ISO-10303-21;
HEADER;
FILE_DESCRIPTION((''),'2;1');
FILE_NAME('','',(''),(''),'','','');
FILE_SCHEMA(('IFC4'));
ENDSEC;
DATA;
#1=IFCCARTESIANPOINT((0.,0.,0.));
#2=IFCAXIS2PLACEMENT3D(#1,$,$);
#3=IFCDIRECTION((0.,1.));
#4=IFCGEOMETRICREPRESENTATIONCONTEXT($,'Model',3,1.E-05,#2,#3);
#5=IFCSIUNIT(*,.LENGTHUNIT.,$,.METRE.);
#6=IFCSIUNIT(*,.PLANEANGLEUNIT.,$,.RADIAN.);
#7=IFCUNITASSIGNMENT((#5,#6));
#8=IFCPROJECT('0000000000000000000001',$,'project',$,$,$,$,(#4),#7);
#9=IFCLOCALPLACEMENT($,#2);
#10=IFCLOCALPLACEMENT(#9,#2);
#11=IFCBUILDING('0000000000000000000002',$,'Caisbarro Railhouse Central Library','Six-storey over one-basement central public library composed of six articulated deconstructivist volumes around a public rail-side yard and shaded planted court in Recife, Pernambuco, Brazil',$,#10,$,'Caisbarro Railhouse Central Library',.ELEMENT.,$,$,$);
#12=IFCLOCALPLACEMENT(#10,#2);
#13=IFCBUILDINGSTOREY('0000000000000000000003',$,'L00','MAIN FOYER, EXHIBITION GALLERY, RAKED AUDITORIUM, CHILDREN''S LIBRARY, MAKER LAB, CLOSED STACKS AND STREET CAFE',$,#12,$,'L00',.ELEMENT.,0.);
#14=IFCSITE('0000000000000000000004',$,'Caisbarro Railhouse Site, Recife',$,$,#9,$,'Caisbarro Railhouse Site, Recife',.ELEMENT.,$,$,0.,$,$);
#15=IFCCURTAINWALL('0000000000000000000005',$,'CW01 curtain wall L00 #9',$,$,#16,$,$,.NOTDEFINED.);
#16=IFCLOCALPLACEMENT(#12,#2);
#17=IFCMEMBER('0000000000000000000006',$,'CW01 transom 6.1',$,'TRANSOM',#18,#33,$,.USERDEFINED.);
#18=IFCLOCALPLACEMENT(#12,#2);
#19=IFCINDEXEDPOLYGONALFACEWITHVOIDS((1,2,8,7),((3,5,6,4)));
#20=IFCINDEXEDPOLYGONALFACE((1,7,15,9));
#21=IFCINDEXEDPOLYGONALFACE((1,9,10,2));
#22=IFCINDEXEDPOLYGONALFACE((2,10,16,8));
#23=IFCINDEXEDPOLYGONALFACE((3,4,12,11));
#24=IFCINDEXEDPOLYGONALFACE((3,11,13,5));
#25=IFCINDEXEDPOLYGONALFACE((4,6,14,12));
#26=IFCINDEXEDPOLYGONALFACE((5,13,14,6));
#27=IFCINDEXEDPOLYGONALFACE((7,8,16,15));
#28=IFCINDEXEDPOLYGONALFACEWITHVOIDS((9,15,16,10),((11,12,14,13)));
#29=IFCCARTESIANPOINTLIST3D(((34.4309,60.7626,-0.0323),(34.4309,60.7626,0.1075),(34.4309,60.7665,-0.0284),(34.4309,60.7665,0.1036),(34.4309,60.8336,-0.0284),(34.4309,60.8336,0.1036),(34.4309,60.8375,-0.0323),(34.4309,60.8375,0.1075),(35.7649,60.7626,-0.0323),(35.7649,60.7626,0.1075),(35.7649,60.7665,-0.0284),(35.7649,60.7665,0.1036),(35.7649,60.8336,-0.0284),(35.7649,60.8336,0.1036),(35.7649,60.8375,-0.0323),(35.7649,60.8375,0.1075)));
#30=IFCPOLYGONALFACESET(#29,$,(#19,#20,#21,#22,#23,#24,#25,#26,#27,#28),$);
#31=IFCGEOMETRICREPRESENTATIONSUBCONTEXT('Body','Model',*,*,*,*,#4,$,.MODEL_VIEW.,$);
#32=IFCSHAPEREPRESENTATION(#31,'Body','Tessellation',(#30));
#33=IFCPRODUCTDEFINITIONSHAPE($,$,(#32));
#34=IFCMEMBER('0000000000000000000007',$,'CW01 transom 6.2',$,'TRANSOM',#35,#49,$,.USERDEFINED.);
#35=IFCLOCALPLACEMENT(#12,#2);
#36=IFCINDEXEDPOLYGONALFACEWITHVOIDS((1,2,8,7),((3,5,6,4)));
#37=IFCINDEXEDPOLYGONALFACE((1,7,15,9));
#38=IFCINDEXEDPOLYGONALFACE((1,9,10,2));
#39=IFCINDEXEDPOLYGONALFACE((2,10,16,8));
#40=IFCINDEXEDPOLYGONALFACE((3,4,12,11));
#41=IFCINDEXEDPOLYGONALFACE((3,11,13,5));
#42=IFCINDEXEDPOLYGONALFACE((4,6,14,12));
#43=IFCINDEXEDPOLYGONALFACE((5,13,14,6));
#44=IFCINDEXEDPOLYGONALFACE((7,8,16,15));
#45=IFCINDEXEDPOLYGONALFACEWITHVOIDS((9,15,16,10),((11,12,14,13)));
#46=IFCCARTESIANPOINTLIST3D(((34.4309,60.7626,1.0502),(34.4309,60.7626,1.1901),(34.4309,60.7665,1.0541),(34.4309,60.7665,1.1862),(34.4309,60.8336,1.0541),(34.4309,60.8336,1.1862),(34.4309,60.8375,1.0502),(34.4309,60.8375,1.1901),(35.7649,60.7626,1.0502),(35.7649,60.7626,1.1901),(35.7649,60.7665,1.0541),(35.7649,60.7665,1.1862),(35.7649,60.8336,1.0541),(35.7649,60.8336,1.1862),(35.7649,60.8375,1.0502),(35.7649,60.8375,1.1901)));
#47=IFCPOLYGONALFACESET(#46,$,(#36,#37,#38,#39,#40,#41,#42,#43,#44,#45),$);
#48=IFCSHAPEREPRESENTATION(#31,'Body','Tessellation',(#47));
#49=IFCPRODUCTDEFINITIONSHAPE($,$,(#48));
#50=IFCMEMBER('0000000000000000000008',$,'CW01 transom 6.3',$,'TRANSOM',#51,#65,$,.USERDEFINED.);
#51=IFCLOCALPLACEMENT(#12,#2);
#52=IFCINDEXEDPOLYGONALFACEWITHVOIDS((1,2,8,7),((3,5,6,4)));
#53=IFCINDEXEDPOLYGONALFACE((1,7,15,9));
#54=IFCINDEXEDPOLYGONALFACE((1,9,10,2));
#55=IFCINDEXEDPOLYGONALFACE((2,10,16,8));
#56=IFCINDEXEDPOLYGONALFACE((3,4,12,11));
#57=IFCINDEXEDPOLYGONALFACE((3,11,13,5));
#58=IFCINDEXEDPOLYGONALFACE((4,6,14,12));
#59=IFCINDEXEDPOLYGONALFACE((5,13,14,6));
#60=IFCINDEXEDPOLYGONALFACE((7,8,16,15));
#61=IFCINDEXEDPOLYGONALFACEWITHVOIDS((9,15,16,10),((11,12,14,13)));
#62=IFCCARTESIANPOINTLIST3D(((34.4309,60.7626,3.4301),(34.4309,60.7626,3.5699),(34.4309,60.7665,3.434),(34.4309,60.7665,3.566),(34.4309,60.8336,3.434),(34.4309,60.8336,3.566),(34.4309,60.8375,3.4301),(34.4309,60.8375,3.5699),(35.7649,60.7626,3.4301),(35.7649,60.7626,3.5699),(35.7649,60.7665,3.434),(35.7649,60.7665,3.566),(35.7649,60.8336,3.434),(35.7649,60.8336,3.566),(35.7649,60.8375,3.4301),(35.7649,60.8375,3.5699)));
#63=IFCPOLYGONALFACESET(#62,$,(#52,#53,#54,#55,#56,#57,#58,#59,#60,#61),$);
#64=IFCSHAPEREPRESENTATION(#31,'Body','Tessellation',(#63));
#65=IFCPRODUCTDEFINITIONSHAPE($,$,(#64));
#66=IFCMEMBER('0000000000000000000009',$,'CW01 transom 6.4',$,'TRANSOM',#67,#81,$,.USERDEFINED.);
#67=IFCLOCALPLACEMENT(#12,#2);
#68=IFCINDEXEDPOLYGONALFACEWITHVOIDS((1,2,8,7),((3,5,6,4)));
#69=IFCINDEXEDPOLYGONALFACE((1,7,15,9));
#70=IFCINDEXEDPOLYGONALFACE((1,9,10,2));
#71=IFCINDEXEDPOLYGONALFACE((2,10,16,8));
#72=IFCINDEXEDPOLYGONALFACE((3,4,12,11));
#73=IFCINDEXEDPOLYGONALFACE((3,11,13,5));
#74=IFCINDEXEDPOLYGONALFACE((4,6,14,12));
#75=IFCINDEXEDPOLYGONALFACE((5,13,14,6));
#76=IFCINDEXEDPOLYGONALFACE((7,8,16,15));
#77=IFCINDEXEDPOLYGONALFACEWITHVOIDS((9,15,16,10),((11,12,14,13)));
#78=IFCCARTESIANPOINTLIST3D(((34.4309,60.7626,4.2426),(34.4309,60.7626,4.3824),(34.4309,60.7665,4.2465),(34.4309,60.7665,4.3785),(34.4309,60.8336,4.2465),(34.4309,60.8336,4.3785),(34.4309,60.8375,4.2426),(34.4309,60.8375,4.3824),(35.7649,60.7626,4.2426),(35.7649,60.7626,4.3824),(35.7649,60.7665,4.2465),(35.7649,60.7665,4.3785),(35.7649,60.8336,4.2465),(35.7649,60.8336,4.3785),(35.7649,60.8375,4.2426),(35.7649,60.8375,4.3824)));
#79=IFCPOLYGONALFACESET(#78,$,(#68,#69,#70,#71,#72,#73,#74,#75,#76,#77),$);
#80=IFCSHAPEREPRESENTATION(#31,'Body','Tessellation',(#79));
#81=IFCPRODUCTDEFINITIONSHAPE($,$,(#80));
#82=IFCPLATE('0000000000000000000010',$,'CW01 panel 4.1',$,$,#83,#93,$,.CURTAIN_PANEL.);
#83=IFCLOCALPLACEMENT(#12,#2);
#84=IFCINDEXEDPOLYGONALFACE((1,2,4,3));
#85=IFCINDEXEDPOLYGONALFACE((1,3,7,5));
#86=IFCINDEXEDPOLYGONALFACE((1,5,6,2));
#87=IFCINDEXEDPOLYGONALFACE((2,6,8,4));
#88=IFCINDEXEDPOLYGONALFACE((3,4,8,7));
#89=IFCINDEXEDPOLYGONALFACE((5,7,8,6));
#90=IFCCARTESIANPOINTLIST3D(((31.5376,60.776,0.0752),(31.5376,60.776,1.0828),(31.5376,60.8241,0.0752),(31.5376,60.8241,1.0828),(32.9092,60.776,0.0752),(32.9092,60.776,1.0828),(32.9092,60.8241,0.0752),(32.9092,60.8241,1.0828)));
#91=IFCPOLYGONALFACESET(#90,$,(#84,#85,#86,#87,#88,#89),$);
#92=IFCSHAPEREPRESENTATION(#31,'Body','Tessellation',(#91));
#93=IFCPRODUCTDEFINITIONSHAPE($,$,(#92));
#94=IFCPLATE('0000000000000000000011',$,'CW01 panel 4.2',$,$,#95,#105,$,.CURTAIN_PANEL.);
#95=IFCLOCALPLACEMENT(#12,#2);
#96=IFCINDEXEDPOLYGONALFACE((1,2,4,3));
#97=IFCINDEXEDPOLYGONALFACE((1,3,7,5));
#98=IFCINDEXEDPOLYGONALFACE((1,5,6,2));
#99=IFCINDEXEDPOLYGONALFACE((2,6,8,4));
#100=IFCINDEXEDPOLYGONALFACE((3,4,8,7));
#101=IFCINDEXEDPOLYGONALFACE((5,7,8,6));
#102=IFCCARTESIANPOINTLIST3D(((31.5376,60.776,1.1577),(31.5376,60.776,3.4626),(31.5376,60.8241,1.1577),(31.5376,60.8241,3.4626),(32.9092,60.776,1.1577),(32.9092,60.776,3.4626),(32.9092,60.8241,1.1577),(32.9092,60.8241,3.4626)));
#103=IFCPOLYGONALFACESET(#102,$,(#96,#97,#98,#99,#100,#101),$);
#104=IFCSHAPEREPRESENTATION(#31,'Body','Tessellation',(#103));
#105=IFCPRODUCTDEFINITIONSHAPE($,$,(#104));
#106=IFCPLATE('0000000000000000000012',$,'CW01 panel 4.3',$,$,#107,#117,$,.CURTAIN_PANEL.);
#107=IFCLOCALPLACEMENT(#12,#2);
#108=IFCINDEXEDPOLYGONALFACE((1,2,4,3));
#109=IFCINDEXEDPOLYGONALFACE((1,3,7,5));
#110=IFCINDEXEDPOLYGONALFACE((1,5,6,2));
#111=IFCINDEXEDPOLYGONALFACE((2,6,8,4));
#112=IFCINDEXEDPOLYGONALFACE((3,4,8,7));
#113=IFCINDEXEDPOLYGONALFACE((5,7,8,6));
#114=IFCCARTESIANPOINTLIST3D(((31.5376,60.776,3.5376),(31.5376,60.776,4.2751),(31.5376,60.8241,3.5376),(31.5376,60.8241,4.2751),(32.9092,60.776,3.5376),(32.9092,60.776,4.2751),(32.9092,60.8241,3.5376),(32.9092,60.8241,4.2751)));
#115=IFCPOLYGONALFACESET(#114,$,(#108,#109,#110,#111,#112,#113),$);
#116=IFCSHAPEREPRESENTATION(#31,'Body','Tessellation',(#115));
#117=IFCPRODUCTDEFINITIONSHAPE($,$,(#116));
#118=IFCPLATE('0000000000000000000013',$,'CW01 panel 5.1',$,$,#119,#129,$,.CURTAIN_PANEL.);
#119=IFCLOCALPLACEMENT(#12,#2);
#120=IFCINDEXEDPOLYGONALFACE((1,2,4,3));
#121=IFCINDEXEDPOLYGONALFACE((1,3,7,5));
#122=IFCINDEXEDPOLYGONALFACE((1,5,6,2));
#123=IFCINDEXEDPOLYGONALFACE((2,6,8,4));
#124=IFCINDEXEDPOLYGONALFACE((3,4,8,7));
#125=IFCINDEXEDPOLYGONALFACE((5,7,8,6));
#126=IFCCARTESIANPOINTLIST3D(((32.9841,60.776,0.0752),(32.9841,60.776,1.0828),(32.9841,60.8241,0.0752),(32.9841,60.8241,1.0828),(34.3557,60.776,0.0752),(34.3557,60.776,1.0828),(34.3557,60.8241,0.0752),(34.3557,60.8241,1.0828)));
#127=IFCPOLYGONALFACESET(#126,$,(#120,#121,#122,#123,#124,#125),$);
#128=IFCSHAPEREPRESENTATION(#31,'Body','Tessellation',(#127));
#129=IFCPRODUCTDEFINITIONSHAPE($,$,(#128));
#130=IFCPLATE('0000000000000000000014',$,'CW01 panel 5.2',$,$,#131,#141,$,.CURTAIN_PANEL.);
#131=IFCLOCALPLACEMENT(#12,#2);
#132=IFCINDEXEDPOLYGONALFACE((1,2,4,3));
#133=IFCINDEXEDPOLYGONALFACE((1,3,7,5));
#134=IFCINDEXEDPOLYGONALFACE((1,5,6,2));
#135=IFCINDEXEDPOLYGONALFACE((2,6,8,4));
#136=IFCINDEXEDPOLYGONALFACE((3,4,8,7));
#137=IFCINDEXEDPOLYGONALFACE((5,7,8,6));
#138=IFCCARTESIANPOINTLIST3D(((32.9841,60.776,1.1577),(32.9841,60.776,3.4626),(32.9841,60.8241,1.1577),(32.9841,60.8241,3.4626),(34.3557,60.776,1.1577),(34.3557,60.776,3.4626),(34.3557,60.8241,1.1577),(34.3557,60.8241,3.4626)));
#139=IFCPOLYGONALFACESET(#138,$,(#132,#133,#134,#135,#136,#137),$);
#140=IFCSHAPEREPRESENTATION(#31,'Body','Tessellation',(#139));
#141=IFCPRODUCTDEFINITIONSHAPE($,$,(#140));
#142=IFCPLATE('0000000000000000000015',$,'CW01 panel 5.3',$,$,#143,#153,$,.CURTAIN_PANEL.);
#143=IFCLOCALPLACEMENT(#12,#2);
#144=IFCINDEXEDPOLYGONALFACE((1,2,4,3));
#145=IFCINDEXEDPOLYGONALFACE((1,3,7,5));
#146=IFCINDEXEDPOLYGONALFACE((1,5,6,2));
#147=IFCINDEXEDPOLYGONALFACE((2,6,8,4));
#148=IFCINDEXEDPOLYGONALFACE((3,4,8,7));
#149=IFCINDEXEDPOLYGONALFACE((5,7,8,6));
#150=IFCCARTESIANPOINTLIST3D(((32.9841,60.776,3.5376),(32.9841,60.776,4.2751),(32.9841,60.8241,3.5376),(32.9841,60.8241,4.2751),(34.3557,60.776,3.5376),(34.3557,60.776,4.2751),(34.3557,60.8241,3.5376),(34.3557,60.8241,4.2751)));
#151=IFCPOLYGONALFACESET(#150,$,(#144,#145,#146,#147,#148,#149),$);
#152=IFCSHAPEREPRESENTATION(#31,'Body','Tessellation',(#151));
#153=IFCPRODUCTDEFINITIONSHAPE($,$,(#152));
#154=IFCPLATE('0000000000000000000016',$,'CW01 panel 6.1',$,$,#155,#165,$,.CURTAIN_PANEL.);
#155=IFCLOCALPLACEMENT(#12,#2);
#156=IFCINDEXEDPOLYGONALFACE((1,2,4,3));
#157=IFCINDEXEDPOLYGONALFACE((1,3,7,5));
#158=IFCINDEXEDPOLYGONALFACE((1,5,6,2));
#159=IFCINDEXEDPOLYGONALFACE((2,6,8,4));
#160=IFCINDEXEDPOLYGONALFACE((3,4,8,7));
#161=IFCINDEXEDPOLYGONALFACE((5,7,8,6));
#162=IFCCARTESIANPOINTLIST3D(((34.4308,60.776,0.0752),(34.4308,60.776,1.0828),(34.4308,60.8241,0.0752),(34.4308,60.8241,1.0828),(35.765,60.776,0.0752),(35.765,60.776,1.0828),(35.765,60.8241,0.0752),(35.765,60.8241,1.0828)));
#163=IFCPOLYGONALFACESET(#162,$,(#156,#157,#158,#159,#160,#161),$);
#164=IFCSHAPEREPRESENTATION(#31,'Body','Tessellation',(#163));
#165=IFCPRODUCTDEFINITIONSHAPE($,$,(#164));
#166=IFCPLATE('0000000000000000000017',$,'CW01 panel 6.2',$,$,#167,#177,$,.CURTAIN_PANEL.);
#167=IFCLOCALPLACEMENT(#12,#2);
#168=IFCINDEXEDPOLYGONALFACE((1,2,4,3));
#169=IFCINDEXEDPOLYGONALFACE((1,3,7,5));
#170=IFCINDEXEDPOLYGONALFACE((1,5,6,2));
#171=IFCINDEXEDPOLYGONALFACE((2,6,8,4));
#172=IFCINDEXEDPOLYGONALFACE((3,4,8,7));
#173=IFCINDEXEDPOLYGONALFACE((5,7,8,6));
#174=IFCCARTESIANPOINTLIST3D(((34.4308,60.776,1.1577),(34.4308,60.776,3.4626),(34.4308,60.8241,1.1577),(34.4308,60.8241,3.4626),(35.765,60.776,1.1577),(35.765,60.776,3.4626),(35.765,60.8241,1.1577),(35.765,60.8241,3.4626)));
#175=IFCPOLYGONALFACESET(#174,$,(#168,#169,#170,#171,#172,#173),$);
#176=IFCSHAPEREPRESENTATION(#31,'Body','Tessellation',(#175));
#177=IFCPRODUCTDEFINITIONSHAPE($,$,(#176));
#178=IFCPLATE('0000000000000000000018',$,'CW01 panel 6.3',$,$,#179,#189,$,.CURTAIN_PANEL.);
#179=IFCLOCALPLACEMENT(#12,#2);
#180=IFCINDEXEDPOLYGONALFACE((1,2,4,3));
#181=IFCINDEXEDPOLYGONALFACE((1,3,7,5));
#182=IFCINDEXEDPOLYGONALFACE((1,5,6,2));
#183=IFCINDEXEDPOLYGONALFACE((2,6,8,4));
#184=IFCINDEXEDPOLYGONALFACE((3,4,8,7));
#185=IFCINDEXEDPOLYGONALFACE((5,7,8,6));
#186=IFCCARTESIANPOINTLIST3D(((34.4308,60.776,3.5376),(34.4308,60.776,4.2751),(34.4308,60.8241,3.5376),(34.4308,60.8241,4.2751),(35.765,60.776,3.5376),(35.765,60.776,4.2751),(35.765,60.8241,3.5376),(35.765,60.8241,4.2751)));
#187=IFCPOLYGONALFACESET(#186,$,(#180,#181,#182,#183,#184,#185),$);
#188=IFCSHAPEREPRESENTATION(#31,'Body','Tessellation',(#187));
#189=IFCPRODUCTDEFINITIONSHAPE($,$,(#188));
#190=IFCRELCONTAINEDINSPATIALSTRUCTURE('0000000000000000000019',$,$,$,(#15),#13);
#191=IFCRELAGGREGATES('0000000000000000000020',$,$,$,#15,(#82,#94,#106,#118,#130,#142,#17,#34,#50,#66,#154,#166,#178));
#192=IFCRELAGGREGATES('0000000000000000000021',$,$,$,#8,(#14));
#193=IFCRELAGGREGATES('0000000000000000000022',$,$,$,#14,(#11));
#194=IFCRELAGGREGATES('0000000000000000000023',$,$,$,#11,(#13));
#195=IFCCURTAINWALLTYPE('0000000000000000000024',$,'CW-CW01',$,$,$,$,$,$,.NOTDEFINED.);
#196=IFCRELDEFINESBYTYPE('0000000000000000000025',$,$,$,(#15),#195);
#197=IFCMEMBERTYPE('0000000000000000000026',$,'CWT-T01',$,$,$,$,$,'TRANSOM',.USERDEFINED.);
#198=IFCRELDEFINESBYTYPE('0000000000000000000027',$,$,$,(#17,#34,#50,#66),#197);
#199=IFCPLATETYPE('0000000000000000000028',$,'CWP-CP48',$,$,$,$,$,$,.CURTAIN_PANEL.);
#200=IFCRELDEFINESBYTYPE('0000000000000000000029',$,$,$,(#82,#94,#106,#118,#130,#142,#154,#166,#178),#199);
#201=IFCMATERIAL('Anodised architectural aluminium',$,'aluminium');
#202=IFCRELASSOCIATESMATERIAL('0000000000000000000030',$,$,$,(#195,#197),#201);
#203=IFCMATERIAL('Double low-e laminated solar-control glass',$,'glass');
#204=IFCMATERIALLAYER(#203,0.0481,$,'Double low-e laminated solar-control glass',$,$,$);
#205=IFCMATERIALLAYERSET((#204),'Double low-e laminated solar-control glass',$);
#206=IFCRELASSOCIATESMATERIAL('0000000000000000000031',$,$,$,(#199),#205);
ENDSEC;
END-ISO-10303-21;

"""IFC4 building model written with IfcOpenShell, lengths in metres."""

from ifc_helpers import new_model, si_unit, direction, frame, origin, origin_2d, place, context, subcontext, project, spatial, rectangle, hollow_rectangle, extrude, material, layer, layer_set, material_profile, profile_set, type_object, element, aggregate, save


model = new_model("IFC4")

# Units and contexts
model_context = context("Model", 3, precision=1e-05, world=origin(), true_north=direction((0.0, 1.0)))
body_context = subcontext(model_context, "Body", "Model", "MODEL_VIEW")
ifc_project = project(units=[si_unit("LENGTHUNIT", "METRE"), si_unit("PLANEANGLEUNIT", "RADIAN")], contexts=[model_context])

# Site, building, storey
site_placement = place(None, origin())
site = spatial("IfcSite", under=ifc_project, at=site_placement, Name="Caisbarro Railhouse Site, Recife", LongName="Caisbarro Railhouse Site, Recife", CompositionType="ELEMENT", RefElevation=0.0)
building_placement = place(site_placement, origin())
building = spatial("IfcBuilding", under=site, at=building_placement, Name="Caisbarro Railhouse Central Library", Description="Six-storey over one-basement central public library composed of six articulated deconstructivist volumes around a public rail-side yard and shaded planted court in Recife, Pernambuco, Brazil", LongName="Caisbarro Railhouse Central Library", CompositionType="ELEMENT")
storey_placement = place(building_placement, origin())
storey = spatial("IfcBuildingStorey", under=building, at=storey_placement, Name="L00", Description="MAIN FOYER, EXHIBITION GALLERY, RAKED AUDITORIUM, CHILDREN'S LIBRARY, MAKER LAB, CLOSED STACKS AND STREET CAFE", LongName="L00", CompositionType="ELEMENT", Elevation=0.0)

# Curtain wall, members, plates
ifc_material_1 = material(Name="Anodised architectural aluminium", Category="aluminium")
curtain_wall_type = type_object("IfcCurtainWallType", Name="CW-CW01", PredefinedType="NOTDEFINED", material=ifc_material_1)
curtain_wall_placement = place(storey_placement, origin())
curtain_wall = element("IfcCurtainWall", 1, at=curtain_wall_placement, inside=storey, type_object=curtain_wall_type, Name="CW01 curtain wall L00 #9", PredefinedType="NOTDEFINED")
ifc_material_profile_1 = material_profile(ifc_material_1, hollow_rectangle(XDim=0.075, YDim=0.1399, WallThickness=0.0039, at=origin_2d()), Name="ALU-TRN-75X140")
ifc_profile_set_1 = profile_set([ifc_material_profile_1], Name="Anodised architectural aluminium")
member_type_1 = type_object("IfcMemberType", Name="CWT-T01", ElementType="TRANSOM", PredefinedType="USERDEFINED", material=ifc_profile_set_1)
member_1_placement = place(storey_placement, frame((34.4309, 60.8, 0.0376), z_axis=(1.0, 0.0, 0.0), x_axis=(0.0, 1.0, 0.0)))
member_1 = element("IfcMember", 2, at=member_1_placement, type_object=member_type_1, Name="CW01 transom 6.1", ObjectType="TRANSOM", PredefinedType="USERDEFINED", context=body_context, shape_type="SweptSolid", body=[
    extrude(hollow_rectangle(XDim=0.075, YDim=0.1399, WallThickness=0.0039, at=origin_2d()), origin(), (0.0, 0.0, 1.0), 1.334),
])
member_2_placement = place(storey_placement, frame((34.4309, 60.8, 1.1201), z_axis=(1.0, 0.0, 0.0), x_axis=(0.0, 1.0, 0.0)))
member_2 = element("IfcMember", 3, at=member_2_placement, type_object=member_type_1, Name="CW01 transom 6.2", ObjectType="TRANSOM", PredefinedType="USERDEFINED", context=body_context, shape_type="SweptSolid", body=[
    extrude(hollow_rectangle(XDim=0.075, YDim=0.1399, WallThickness=0.0039, at=origin_2d()), origin(), (0.0, 0.0, 1.0), 1.334),
])
member_3_placement = place(storey_placement, frame((34.4309, 60.8, 3.5), z_axis=(1.0, 0.0, 0.0), x_axis=(0.0, 1.0, 0.0)))
member_3 = element("IfcMember", 4, at=member_3_placement, type_object=member_type_1, Name="CW01 transom 6.3", ObjectType="TRANSOM", PredefinedType="USERDEFINED", context=body_context, shape_type="SweptSolid", body=[
    extrude(hollow_rectangle(XDim=0.075, YDim=0.1399, WallThickness=0.0039, at=origin_2d()), origin(), (0.0, 0.0, 1.0), 1.334),
])
member_4_placement = place(storey_placement, frame((34.4309, 60.8, 4.3125), z_axis=(1.0, 0.0, 0.0), x_axis=(0.0, 1.0, 0.0)))
member_4 = element("IfcMember", 5, at=member_4_placement, type_object=member_type_1, Name="CW01 transom 6.4", ObjectType="TRANSOM", PredefinedType="USERDEFINED", context=body_context, shape_type="SweptSolid", body=[
    extrude(hollow_rectangle(XDim=0.075, YDim=0.1399, WallThickness=0.0039, at=origin_2d()), origin(), (0.0, 0.0, 1.0), 1.334),
])
ifc_material_2 = material(Name="Double low-e laminated solar-control glass", Category="glass")
ifc_layer_1 = layer(ifc_material_2, 0.0481, Name="Double low-e laminated solar-control glass")
ifc_layer_set_1 = layer_set([ifc_layer_1], Name="Double low-e laminated solar-control glass")
plate_type_1 = type_object("IfcPlateType", Name="CWP-CP48", PredefinedType="CURTAIN_PANEL", material=ifc_layer_set_1)
plate_1_placement = place(storey_placement, frame((32.2234, 60.8, 0.0752), z_axis=(0.0, 0.0, 1.0), x_axis=(1.0, 0.0, 0.0)))
plate_1 = element("IfcPlate", 6, at=plate_1_placement, type_object=plate_type_1, Name="CW01 panel 4.1", PredefinedType="CURTAIN_PANEL", context=body_context, shape_type="SweptSolid", body=[
    extrude(rectangle(XDim=1.3716, YDim=0.0481, at=origin_2d()), origin(), (0.0, 0.0, 1.0), 1.0076),
])
plate_2_placement = place(storey_placement, frame((32.2234, 60.8, 1.1577), z_axis=(0.0, 0.0, 1.0), x_axis=(1.0, 0.0, 0.0)))
plate_2 = element("IfcPlate", 7, at=plate_2_placement, type_object=plate_type_1, Name="CW01 panel 4.2", PredefinedType="CURTAIN_PANEL", context=body_context, shape_type="SweptSolid", body=[
    extrude(rectangle(XDim=1.3716, YDim=0.0481, at=origin_2d()), origin(), (0.0, 0.0, 1.0), 2.3049),
])
plate_3_placement = place(storey_placement, frame((32.2234, 60.8, 3.5376), z_axis=(0.0, 0.0, 1.0), x_axis=(1.0, 0.0, 0.0)))
plate_3 = element("IfcPlate", 8, at=plate_3_placement, type_object=plate_type_1, Name="CW01 panel 4.3", PredefinedType="CURTAIN_PANEL", context=body_context, shape_type="SweptSolid", body=[
    extrude(rectangle(XDim=1.3716, YDim=0.0481, at=origin_2d()), origin(), (0.0, 0.0, 1.0), 0.7375),
])
plate_4_placement = place(storey_placement, frame((33.6699, 60.8, 0.0752), z_axis=(0.0, 0.0, 1.0), x_axis=(1.0, 0.0, 0.0)))
plate_4 = element("IfcPlate", 9, at=plate_4_placement, type_object=plate_type_1, Name="CW01 panel 5.1", PredefinedType="CURTAIN_PANEL", context=body_context, shape_type="SweptSolid", body=[
    extrude(rectangle(XDim=1.3716, YDim=0.0481, at=origin_2d()), origin(), (0.0, 0.0, 1.0), 1.0076),
])
plate_5_placement = place(storey_placement, frame((33.6699, 60.8, 1.1577), z_axis=(0.0, 0.0, 1.0), x_axis=(1.0, 0.0, 0.0)))
plate_5 = element("IfcPlate", 10, at=plate_5_placement, type_object=plate_type_1, Name="CW01 panel 5.2", PredefinedType="CURTAIN_PANEL", context=body_context, shape_type="SweptSolid", body=[
    extrude(rectangle(XDim=1.3716, YDim=0.0481, at=origin_2d()), origin(), (0.0, 0.0, 1.0), 2.3049),
])
plate_6_placement = place(storey_placement, frame((33.6699, 60.8, 3.5376), z_axis=(0.0, 0.0, 1.0), x_axis=(1.0, 0.0, 0.0)))
plate_6 = element("IfcPlate", 11, at=plate_6_placement, type_object=plate_type_1, Name="CW01 panel 5.3", PredefinedType="CURTAIN_PANEL", context=body_context, shape_type="SweptSolid", body=[
    extrude(rectangle(XDim=1.3716, YDim=0.0481, at=origin_2d()), origin(), (0.0, 0.0, 1.0), 0.7375),
])
plate_7_placement = place(storey_placement, frame((35.0979, 60.8, 0.0752), z_axis=(0.0, 0.0, 1.0), x_axis=(1.0, 0.0, 0.0)))
plate_7 = element("IfcPlate", 12, at=plate_7_placement, type_object=plate_type_1, Name="CW01 panel 6.1", PredefinedType="CURTAIN_PANEL", context=body_context, shape_type="SweptSolid", body=[
    extrude(rectangle(XDim=1.3342, YDim=0.0481, at=origin_2d()), origin(), (0.0, 0.0, 1.0), 1.0076),
])
plate_8_placement = place(storey_placement, frame((35.0979, 60.8, 1.1577), z_axis=(0.0, 0.0, 1.0), x_axis=(1.0, 0.0, 0.0)))
plate_8 = element("IfcPlate", 13, at=plate_8_placement, type_object=plate_type_1, Name="CW01 panel 6.2", PredefinedType="CURTAIN_PANEL", context=body_context, shape_type="SweptSolid", body=[
    extrude(rectangle(XDim=1.3342, YDim=0.0481, at=origin_2d()), origin(), (0.0, 0.0, 1.0), 2.3049),
])
plate_9_placement = place(storey_placement, frame((35.0979, 60.8, 3.5376), z_axis=(0.0, 0.0, 1.0), x_axis=(1.0, 0.0, 0.0)))
plate_9 = element("IfcPlate", 14, at=plate_9_placement, type_object=plate_type_1, Name="CW01 panel 6.3", PredefinedType="CURTAIN_PANEL", context=body_context, shape_type="SweptSolid", body=[
    extrude(rectangle(XDim=1.3342, YDim=0.0481, at=origin_2d()), origin(), (0.0, 0.0, 1.0), 0.7375),
])
aggregate(curtain_wall, [plate_1, plate_2, plate_3, plate_4, plate_5, plate_6, member_1, member_2, member_3, member_4, plate_7, plate_8, plate_9])

save(model, "model.ifc")
